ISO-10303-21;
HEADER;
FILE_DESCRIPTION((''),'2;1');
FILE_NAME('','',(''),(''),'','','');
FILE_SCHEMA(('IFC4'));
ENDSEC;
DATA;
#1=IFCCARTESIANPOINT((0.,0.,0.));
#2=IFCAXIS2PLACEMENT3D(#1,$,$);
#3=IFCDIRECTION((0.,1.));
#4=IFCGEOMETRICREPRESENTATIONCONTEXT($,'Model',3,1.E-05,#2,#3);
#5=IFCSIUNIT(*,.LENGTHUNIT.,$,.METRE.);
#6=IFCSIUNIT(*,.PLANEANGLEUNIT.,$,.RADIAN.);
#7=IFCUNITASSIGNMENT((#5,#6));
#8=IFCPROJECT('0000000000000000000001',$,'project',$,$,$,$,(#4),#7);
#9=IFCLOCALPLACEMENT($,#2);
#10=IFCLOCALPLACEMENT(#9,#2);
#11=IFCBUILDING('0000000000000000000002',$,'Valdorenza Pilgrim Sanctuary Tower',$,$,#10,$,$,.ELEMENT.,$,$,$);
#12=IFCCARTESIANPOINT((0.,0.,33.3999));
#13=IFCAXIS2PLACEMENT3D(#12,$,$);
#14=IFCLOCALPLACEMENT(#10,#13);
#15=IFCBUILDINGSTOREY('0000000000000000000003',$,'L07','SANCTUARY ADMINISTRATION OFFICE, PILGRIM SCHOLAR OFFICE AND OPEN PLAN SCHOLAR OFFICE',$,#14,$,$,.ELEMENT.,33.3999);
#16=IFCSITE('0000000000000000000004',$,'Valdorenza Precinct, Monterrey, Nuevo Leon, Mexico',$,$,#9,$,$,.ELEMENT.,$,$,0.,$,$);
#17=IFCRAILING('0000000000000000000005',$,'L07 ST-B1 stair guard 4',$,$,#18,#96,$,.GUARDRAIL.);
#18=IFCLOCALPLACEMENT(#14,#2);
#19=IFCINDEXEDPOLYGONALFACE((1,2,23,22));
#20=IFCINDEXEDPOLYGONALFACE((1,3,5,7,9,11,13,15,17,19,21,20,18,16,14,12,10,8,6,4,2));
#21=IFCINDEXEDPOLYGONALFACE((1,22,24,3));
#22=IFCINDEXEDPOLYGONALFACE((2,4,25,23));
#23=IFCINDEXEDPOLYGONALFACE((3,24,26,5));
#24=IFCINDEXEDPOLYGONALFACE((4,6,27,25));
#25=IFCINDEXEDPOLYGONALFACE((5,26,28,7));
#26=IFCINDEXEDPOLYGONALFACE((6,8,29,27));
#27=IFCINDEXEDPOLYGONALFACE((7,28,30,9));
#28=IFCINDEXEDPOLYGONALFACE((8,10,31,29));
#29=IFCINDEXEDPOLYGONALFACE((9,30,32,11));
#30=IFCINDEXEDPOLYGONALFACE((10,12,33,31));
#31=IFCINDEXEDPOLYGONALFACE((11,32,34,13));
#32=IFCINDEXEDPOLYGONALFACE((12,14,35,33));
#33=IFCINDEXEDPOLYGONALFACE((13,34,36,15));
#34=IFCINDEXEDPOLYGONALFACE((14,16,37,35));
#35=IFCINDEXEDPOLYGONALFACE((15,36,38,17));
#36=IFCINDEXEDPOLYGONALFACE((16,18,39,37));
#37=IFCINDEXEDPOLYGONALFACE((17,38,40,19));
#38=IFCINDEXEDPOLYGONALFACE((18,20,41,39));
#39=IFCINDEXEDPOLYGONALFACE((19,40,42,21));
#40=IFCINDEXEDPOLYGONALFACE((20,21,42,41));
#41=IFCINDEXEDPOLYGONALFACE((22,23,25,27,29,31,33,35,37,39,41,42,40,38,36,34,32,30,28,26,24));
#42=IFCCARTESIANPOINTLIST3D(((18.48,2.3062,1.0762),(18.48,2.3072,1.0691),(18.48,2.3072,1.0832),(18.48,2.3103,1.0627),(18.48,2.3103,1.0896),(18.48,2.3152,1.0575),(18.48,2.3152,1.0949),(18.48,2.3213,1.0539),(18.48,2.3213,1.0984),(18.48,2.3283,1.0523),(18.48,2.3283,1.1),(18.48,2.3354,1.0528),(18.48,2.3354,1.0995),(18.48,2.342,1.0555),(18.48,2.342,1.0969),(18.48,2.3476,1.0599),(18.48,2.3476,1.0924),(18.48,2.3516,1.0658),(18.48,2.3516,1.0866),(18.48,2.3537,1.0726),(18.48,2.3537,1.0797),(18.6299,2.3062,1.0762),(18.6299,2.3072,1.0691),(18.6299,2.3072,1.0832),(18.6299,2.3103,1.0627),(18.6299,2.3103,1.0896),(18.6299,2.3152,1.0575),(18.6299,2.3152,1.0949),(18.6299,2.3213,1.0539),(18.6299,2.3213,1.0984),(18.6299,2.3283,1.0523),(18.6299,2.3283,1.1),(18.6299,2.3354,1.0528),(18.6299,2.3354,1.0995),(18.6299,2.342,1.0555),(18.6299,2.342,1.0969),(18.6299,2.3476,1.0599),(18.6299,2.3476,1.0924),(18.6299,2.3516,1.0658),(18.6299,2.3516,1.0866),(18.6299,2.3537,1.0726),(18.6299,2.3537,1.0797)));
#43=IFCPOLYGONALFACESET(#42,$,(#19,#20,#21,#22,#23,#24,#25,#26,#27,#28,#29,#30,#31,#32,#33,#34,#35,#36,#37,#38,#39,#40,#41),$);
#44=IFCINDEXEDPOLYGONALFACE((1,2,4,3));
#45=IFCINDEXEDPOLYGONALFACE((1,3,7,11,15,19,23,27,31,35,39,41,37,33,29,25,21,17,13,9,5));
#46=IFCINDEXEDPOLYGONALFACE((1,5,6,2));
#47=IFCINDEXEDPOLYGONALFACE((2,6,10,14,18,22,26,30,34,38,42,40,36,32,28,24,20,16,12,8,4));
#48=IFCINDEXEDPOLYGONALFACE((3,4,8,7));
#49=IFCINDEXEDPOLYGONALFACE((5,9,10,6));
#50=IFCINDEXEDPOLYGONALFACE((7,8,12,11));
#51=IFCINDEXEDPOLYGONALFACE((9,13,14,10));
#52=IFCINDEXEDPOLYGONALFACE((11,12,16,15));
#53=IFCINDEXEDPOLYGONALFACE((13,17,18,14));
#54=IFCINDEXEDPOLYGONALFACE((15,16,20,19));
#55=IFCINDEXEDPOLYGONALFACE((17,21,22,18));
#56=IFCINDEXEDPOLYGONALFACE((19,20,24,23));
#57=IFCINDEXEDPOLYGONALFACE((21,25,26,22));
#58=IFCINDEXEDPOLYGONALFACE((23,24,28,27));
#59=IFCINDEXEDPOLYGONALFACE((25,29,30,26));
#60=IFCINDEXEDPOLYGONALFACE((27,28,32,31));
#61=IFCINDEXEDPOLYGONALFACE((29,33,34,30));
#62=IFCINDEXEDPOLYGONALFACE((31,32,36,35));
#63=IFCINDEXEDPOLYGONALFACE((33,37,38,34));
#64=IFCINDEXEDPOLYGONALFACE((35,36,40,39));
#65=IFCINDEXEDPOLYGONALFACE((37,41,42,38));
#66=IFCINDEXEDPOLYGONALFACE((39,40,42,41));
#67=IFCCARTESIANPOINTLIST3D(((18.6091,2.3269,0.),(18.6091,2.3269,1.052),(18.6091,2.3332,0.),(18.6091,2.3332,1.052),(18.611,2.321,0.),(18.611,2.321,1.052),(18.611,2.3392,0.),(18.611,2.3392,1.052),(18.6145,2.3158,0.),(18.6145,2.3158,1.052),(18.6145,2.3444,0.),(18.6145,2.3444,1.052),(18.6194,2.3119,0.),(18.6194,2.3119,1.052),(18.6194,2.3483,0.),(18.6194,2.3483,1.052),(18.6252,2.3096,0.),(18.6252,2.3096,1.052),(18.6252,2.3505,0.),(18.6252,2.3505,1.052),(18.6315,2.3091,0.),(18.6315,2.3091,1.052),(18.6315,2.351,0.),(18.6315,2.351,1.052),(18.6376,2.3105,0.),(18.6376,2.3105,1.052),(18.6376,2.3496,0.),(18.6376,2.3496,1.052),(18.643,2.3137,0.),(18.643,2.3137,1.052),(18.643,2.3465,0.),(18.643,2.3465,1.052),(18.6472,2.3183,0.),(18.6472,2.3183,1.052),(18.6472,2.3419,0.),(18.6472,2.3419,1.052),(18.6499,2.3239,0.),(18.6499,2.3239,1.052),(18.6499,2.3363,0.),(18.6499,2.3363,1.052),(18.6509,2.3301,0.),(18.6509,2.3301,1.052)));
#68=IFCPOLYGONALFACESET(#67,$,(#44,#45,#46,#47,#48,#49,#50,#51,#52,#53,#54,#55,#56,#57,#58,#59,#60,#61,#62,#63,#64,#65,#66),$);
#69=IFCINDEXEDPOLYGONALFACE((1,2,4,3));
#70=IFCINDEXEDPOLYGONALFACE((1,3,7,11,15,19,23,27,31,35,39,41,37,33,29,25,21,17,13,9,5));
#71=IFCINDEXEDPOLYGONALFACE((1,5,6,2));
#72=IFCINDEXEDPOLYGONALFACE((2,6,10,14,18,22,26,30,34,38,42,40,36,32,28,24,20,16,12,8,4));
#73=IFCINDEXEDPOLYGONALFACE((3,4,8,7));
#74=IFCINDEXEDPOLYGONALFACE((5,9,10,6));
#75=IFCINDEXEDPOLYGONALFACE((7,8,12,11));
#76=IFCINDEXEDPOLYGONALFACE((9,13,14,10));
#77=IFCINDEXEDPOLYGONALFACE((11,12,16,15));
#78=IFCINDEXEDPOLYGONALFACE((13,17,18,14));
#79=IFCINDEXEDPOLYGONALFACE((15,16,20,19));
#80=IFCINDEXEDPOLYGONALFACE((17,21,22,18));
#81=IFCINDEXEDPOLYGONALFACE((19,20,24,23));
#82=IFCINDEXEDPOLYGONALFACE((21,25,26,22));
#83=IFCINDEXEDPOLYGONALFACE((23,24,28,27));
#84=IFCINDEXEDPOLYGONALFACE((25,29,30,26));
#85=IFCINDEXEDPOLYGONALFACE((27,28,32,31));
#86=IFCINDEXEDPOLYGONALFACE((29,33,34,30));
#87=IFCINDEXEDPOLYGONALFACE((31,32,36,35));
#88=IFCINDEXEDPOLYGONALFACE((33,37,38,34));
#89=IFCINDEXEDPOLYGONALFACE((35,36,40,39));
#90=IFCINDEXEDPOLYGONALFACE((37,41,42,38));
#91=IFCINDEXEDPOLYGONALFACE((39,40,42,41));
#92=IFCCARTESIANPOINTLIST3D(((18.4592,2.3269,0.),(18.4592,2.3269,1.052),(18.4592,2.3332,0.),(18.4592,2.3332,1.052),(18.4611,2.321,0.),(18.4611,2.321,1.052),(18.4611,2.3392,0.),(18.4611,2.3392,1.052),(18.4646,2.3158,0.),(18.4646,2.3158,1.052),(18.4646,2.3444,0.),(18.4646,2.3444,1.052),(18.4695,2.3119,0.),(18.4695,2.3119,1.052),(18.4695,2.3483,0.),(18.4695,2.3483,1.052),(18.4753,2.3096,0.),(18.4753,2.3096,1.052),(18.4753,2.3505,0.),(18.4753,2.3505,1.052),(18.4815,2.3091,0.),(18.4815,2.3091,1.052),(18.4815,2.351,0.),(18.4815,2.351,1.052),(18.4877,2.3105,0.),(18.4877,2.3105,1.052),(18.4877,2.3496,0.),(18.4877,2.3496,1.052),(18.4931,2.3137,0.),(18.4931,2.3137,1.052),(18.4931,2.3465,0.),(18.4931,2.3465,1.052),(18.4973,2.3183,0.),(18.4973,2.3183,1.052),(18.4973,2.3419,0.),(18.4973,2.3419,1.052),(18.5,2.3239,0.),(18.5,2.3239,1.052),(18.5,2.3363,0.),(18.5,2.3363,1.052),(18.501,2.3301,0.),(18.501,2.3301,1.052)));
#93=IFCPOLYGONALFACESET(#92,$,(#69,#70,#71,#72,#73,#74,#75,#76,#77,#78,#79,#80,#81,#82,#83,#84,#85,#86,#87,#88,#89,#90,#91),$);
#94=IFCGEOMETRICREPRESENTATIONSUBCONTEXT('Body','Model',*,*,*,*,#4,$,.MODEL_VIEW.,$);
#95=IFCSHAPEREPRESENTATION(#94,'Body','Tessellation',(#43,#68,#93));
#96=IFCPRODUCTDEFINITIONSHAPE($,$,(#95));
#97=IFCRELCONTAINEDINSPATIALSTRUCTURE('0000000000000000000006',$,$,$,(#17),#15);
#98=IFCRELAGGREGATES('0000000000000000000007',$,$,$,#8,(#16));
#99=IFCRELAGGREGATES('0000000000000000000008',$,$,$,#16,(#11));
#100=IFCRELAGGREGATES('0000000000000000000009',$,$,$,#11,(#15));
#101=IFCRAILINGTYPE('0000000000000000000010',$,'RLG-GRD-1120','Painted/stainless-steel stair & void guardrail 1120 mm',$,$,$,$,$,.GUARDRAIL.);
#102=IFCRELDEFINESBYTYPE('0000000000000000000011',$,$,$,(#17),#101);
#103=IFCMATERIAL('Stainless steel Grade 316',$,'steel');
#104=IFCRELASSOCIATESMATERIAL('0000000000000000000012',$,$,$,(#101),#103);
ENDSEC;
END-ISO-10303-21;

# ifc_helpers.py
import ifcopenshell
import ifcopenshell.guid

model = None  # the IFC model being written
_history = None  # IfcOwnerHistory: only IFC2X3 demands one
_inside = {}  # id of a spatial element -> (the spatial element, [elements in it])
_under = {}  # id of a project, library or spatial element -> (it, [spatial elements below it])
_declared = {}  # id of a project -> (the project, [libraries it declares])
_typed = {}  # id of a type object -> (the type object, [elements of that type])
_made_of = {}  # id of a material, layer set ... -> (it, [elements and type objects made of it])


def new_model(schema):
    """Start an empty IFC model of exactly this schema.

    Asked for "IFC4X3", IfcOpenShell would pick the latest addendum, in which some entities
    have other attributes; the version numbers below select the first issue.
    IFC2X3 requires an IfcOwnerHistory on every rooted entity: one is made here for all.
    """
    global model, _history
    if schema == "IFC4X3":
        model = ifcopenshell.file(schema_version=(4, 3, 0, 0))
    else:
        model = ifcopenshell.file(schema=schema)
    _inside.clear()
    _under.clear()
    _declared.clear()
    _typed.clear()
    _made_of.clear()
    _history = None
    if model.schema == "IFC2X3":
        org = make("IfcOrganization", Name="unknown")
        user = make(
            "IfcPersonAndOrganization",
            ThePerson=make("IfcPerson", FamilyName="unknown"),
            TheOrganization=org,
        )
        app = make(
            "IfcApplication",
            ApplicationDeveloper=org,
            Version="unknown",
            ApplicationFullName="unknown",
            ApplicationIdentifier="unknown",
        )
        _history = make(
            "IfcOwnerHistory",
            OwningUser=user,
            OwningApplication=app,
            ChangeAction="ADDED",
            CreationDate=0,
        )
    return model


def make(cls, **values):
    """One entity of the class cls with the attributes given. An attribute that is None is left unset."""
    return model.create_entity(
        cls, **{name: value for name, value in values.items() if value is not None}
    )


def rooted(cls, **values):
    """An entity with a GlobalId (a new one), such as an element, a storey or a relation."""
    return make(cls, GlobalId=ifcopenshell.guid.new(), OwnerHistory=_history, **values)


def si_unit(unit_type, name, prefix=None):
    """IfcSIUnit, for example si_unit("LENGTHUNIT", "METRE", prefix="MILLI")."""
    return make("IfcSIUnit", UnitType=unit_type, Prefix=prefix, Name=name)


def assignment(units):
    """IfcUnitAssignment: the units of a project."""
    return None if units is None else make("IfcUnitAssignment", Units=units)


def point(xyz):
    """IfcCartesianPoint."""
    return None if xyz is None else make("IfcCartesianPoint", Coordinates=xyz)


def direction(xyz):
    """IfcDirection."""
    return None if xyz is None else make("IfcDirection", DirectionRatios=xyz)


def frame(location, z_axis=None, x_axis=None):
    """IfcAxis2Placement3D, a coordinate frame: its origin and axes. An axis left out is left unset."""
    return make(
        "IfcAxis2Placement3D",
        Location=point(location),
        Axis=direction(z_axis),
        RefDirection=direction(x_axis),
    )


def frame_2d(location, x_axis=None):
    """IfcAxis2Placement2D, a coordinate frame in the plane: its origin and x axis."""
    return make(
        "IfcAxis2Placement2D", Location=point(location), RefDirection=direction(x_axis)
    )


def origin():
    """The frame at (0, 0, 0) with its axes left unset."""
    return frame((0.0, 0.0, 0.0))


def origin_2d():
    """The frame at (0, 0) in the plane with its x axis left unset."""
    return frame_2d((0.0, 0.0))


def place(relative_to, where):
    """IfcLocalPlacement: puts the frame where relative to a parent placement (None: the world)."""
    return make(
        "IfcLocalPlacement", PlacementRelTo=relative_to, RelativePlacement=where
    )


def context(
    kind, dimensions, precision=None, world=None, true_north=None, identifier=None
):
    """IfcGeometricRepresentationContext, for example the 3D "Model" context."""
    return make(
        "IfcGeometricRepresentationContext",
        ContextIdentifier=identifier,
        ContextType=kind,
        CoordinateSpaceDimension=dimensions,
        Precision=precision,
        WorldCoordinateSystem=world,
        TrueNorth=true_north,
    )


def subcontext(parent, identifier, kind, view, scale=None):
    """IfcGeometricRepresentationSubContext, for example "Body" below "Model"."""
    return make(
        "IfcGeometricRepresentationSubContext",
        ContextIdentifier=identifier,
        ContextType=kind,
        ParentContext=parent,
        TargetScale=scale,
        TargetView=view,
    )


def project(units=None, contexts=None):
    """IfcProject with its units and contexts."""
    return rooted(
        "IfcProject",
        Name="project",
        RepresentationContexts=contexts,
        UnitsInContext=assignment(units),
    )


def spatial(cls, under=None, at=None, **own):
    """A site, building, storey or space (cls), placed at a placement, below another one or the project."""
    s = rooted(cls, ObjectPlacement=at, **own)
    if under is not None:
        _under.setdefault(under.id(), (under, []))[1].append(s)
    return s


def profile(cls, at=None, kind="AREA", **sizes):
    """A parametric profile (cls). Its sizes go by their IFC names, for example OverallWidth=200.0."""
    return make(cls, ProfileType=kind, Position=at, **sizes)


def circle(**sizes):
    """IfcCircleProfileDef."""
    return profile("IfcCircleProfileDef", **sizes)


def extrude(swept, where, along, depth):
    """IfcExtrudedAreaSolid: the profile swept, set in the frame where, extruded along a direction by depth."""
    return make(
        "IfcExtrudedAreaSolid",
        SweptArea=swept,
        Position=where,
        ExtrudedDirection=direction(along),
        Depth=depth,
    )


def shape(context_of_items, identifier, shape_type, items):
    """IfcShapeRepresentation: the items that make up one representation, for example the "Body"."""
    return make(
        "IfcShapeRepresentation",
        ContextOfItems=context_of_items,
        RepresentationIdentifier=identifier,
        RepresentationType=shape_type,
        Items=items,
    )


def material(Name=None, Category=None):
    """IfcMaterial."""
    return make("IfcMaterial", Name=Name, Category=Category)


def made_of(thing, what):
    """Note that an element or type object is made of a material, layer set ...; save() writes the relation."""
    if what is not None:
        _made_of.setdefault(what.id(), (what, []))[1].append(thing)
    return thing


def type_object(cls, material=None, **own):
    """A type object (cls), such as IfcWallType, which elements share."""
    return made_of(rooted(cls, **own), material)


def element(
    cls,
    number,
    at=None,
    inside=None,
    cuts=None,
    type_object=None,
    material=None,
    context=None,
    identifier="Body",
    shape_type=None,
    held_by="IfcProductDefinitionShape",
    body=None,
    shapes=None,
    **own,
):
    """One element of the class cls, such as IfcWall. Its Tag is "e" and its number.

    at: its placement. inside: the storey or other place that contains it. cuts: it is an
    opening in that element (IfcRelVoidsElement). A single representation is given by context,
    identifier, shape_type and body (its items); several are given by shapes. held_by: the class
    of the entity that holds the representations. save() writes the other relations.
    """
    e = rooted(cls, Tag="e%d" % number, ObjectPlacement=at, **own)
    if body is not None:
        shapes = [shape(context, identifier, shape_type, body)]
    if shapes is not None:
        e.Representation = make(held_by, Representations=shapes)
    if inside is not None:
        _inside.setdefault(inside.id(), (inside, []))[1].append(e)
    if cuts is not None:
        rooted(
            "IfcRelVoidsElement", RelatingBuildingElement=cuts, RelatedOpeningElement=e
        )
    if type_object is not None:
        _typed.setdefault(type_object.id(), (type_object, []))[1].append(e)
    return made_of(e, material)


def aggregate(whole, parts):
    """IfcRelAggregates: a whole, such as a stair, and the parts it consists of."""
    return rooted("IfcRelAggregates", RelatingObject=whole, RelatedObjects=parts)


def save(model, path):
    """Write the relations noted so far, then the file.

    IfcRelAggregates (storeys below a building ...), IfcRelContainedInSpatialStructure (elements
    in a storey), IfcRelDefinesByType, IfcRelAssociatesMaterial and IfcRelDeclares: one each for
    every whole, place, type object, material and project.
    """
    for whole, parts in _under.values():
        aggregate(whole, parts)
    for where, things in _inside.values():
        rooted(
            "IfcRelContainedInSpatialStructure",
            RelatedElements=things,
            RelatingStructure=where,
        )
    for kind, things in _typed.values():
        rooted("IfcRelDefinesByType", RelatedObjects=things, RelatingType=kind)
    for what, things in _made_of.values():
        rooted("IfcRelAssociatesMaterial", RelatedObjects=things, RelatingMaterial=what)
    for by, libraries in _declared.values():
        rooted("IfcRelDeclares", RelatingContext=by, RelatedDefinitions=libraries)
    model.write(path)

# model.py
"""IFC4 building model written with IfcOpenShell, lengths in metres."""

from ifc_helpers import new_model, si_unit, direction, frame, origin, origin_2d, place, context, subcontext, project, spatial, circle, extrude, material, type_object, element, save


model = new_model("IFC4")

# Units and contexts
model_context = context("Model", 3, precision=1e-05, world=origin(), true_north=direction((0.0, 1.0)))
body_context = subcontext(model_context, "Body", "Model", "MODEL_VIEW")
ifc_project = project(units=[si_unit("LENGTHUNIT", "METRE"), si_unit("PLANEANGLEUNIT", "RADIAN")], contexts=[model_context])

# Site, building, storey
site_placement = place(None, origin())
site = spatial("IfcSite", under=ifc_project, at=site_placement, Name="Valdorenza Precinct, Monterrey, Nuevo Leon, Mexico", CompositionType="ELEMENT", RefElevation=0.0)
building_placement = place(site_placement, origin())
building = spatial("IfcBuilding", under=site, at=building_placement, Name="Valdorenza Pilgrim Sanctuary Tower", CompositionType="ELEMENT")
storey_placement = place(building_placement, frame((0.0, 0.0, 33.3999)))
storey = spatial("IfcBuildingStorey", under=building, at=storey_placement, Name="L07", Description="SANCTUARY ADMINISTRATION OFFICE, PILGRIM SCHOLAR OFFICE AND OPEN PLAN SCHOLAR OFFICE", CompositionType="ELEMENT", Elevation=33.3999)

# Railing
ifc_material_1 = material(Name="Stainless steel Grade 316", Category="steel")
railing_type_1 = type_object("IfcRailingType", Name="RLG-GRD-1120", Description="Painted/stainless-steel stair & void guardrail 1120 mm", PredefinedType="GUARDRAIL", material=ifc_material_1)
railing_1_placement = place(storey_placement, frame((18.6299, 2.3301, 0.0)))
element("IfcRailing", 1, at=railing_1_placement, inside=storey, type_object=railing_type_1, Name="L07 ST-B1 stair guard 4", PredefinedType="GUARDRAIL", context=body_context, shape_type="SweptSolid", body=[
    extrude(circle(Radius=0.0239, at=origin_2d()), frame((0.0, 0.0, 1.0762), z_axis=(-1.0, 0.0, 0.0), x_axis=(0.0, -1.0, 0.0)), (0.0, 0.0, 1.0), 0.1499),
    extrude(circle(Radius=0.021, at=origin_2d()), origin(), (0.0, 0.0, 1.0), 1.052),
    extrude(circle(Radius=0.021, at=origin_2d()), frame((-0.1499, 0.0, 0.0)), (0.0, 0.0, 1.0), 1.052),
])

save(model, "model.ifc")
